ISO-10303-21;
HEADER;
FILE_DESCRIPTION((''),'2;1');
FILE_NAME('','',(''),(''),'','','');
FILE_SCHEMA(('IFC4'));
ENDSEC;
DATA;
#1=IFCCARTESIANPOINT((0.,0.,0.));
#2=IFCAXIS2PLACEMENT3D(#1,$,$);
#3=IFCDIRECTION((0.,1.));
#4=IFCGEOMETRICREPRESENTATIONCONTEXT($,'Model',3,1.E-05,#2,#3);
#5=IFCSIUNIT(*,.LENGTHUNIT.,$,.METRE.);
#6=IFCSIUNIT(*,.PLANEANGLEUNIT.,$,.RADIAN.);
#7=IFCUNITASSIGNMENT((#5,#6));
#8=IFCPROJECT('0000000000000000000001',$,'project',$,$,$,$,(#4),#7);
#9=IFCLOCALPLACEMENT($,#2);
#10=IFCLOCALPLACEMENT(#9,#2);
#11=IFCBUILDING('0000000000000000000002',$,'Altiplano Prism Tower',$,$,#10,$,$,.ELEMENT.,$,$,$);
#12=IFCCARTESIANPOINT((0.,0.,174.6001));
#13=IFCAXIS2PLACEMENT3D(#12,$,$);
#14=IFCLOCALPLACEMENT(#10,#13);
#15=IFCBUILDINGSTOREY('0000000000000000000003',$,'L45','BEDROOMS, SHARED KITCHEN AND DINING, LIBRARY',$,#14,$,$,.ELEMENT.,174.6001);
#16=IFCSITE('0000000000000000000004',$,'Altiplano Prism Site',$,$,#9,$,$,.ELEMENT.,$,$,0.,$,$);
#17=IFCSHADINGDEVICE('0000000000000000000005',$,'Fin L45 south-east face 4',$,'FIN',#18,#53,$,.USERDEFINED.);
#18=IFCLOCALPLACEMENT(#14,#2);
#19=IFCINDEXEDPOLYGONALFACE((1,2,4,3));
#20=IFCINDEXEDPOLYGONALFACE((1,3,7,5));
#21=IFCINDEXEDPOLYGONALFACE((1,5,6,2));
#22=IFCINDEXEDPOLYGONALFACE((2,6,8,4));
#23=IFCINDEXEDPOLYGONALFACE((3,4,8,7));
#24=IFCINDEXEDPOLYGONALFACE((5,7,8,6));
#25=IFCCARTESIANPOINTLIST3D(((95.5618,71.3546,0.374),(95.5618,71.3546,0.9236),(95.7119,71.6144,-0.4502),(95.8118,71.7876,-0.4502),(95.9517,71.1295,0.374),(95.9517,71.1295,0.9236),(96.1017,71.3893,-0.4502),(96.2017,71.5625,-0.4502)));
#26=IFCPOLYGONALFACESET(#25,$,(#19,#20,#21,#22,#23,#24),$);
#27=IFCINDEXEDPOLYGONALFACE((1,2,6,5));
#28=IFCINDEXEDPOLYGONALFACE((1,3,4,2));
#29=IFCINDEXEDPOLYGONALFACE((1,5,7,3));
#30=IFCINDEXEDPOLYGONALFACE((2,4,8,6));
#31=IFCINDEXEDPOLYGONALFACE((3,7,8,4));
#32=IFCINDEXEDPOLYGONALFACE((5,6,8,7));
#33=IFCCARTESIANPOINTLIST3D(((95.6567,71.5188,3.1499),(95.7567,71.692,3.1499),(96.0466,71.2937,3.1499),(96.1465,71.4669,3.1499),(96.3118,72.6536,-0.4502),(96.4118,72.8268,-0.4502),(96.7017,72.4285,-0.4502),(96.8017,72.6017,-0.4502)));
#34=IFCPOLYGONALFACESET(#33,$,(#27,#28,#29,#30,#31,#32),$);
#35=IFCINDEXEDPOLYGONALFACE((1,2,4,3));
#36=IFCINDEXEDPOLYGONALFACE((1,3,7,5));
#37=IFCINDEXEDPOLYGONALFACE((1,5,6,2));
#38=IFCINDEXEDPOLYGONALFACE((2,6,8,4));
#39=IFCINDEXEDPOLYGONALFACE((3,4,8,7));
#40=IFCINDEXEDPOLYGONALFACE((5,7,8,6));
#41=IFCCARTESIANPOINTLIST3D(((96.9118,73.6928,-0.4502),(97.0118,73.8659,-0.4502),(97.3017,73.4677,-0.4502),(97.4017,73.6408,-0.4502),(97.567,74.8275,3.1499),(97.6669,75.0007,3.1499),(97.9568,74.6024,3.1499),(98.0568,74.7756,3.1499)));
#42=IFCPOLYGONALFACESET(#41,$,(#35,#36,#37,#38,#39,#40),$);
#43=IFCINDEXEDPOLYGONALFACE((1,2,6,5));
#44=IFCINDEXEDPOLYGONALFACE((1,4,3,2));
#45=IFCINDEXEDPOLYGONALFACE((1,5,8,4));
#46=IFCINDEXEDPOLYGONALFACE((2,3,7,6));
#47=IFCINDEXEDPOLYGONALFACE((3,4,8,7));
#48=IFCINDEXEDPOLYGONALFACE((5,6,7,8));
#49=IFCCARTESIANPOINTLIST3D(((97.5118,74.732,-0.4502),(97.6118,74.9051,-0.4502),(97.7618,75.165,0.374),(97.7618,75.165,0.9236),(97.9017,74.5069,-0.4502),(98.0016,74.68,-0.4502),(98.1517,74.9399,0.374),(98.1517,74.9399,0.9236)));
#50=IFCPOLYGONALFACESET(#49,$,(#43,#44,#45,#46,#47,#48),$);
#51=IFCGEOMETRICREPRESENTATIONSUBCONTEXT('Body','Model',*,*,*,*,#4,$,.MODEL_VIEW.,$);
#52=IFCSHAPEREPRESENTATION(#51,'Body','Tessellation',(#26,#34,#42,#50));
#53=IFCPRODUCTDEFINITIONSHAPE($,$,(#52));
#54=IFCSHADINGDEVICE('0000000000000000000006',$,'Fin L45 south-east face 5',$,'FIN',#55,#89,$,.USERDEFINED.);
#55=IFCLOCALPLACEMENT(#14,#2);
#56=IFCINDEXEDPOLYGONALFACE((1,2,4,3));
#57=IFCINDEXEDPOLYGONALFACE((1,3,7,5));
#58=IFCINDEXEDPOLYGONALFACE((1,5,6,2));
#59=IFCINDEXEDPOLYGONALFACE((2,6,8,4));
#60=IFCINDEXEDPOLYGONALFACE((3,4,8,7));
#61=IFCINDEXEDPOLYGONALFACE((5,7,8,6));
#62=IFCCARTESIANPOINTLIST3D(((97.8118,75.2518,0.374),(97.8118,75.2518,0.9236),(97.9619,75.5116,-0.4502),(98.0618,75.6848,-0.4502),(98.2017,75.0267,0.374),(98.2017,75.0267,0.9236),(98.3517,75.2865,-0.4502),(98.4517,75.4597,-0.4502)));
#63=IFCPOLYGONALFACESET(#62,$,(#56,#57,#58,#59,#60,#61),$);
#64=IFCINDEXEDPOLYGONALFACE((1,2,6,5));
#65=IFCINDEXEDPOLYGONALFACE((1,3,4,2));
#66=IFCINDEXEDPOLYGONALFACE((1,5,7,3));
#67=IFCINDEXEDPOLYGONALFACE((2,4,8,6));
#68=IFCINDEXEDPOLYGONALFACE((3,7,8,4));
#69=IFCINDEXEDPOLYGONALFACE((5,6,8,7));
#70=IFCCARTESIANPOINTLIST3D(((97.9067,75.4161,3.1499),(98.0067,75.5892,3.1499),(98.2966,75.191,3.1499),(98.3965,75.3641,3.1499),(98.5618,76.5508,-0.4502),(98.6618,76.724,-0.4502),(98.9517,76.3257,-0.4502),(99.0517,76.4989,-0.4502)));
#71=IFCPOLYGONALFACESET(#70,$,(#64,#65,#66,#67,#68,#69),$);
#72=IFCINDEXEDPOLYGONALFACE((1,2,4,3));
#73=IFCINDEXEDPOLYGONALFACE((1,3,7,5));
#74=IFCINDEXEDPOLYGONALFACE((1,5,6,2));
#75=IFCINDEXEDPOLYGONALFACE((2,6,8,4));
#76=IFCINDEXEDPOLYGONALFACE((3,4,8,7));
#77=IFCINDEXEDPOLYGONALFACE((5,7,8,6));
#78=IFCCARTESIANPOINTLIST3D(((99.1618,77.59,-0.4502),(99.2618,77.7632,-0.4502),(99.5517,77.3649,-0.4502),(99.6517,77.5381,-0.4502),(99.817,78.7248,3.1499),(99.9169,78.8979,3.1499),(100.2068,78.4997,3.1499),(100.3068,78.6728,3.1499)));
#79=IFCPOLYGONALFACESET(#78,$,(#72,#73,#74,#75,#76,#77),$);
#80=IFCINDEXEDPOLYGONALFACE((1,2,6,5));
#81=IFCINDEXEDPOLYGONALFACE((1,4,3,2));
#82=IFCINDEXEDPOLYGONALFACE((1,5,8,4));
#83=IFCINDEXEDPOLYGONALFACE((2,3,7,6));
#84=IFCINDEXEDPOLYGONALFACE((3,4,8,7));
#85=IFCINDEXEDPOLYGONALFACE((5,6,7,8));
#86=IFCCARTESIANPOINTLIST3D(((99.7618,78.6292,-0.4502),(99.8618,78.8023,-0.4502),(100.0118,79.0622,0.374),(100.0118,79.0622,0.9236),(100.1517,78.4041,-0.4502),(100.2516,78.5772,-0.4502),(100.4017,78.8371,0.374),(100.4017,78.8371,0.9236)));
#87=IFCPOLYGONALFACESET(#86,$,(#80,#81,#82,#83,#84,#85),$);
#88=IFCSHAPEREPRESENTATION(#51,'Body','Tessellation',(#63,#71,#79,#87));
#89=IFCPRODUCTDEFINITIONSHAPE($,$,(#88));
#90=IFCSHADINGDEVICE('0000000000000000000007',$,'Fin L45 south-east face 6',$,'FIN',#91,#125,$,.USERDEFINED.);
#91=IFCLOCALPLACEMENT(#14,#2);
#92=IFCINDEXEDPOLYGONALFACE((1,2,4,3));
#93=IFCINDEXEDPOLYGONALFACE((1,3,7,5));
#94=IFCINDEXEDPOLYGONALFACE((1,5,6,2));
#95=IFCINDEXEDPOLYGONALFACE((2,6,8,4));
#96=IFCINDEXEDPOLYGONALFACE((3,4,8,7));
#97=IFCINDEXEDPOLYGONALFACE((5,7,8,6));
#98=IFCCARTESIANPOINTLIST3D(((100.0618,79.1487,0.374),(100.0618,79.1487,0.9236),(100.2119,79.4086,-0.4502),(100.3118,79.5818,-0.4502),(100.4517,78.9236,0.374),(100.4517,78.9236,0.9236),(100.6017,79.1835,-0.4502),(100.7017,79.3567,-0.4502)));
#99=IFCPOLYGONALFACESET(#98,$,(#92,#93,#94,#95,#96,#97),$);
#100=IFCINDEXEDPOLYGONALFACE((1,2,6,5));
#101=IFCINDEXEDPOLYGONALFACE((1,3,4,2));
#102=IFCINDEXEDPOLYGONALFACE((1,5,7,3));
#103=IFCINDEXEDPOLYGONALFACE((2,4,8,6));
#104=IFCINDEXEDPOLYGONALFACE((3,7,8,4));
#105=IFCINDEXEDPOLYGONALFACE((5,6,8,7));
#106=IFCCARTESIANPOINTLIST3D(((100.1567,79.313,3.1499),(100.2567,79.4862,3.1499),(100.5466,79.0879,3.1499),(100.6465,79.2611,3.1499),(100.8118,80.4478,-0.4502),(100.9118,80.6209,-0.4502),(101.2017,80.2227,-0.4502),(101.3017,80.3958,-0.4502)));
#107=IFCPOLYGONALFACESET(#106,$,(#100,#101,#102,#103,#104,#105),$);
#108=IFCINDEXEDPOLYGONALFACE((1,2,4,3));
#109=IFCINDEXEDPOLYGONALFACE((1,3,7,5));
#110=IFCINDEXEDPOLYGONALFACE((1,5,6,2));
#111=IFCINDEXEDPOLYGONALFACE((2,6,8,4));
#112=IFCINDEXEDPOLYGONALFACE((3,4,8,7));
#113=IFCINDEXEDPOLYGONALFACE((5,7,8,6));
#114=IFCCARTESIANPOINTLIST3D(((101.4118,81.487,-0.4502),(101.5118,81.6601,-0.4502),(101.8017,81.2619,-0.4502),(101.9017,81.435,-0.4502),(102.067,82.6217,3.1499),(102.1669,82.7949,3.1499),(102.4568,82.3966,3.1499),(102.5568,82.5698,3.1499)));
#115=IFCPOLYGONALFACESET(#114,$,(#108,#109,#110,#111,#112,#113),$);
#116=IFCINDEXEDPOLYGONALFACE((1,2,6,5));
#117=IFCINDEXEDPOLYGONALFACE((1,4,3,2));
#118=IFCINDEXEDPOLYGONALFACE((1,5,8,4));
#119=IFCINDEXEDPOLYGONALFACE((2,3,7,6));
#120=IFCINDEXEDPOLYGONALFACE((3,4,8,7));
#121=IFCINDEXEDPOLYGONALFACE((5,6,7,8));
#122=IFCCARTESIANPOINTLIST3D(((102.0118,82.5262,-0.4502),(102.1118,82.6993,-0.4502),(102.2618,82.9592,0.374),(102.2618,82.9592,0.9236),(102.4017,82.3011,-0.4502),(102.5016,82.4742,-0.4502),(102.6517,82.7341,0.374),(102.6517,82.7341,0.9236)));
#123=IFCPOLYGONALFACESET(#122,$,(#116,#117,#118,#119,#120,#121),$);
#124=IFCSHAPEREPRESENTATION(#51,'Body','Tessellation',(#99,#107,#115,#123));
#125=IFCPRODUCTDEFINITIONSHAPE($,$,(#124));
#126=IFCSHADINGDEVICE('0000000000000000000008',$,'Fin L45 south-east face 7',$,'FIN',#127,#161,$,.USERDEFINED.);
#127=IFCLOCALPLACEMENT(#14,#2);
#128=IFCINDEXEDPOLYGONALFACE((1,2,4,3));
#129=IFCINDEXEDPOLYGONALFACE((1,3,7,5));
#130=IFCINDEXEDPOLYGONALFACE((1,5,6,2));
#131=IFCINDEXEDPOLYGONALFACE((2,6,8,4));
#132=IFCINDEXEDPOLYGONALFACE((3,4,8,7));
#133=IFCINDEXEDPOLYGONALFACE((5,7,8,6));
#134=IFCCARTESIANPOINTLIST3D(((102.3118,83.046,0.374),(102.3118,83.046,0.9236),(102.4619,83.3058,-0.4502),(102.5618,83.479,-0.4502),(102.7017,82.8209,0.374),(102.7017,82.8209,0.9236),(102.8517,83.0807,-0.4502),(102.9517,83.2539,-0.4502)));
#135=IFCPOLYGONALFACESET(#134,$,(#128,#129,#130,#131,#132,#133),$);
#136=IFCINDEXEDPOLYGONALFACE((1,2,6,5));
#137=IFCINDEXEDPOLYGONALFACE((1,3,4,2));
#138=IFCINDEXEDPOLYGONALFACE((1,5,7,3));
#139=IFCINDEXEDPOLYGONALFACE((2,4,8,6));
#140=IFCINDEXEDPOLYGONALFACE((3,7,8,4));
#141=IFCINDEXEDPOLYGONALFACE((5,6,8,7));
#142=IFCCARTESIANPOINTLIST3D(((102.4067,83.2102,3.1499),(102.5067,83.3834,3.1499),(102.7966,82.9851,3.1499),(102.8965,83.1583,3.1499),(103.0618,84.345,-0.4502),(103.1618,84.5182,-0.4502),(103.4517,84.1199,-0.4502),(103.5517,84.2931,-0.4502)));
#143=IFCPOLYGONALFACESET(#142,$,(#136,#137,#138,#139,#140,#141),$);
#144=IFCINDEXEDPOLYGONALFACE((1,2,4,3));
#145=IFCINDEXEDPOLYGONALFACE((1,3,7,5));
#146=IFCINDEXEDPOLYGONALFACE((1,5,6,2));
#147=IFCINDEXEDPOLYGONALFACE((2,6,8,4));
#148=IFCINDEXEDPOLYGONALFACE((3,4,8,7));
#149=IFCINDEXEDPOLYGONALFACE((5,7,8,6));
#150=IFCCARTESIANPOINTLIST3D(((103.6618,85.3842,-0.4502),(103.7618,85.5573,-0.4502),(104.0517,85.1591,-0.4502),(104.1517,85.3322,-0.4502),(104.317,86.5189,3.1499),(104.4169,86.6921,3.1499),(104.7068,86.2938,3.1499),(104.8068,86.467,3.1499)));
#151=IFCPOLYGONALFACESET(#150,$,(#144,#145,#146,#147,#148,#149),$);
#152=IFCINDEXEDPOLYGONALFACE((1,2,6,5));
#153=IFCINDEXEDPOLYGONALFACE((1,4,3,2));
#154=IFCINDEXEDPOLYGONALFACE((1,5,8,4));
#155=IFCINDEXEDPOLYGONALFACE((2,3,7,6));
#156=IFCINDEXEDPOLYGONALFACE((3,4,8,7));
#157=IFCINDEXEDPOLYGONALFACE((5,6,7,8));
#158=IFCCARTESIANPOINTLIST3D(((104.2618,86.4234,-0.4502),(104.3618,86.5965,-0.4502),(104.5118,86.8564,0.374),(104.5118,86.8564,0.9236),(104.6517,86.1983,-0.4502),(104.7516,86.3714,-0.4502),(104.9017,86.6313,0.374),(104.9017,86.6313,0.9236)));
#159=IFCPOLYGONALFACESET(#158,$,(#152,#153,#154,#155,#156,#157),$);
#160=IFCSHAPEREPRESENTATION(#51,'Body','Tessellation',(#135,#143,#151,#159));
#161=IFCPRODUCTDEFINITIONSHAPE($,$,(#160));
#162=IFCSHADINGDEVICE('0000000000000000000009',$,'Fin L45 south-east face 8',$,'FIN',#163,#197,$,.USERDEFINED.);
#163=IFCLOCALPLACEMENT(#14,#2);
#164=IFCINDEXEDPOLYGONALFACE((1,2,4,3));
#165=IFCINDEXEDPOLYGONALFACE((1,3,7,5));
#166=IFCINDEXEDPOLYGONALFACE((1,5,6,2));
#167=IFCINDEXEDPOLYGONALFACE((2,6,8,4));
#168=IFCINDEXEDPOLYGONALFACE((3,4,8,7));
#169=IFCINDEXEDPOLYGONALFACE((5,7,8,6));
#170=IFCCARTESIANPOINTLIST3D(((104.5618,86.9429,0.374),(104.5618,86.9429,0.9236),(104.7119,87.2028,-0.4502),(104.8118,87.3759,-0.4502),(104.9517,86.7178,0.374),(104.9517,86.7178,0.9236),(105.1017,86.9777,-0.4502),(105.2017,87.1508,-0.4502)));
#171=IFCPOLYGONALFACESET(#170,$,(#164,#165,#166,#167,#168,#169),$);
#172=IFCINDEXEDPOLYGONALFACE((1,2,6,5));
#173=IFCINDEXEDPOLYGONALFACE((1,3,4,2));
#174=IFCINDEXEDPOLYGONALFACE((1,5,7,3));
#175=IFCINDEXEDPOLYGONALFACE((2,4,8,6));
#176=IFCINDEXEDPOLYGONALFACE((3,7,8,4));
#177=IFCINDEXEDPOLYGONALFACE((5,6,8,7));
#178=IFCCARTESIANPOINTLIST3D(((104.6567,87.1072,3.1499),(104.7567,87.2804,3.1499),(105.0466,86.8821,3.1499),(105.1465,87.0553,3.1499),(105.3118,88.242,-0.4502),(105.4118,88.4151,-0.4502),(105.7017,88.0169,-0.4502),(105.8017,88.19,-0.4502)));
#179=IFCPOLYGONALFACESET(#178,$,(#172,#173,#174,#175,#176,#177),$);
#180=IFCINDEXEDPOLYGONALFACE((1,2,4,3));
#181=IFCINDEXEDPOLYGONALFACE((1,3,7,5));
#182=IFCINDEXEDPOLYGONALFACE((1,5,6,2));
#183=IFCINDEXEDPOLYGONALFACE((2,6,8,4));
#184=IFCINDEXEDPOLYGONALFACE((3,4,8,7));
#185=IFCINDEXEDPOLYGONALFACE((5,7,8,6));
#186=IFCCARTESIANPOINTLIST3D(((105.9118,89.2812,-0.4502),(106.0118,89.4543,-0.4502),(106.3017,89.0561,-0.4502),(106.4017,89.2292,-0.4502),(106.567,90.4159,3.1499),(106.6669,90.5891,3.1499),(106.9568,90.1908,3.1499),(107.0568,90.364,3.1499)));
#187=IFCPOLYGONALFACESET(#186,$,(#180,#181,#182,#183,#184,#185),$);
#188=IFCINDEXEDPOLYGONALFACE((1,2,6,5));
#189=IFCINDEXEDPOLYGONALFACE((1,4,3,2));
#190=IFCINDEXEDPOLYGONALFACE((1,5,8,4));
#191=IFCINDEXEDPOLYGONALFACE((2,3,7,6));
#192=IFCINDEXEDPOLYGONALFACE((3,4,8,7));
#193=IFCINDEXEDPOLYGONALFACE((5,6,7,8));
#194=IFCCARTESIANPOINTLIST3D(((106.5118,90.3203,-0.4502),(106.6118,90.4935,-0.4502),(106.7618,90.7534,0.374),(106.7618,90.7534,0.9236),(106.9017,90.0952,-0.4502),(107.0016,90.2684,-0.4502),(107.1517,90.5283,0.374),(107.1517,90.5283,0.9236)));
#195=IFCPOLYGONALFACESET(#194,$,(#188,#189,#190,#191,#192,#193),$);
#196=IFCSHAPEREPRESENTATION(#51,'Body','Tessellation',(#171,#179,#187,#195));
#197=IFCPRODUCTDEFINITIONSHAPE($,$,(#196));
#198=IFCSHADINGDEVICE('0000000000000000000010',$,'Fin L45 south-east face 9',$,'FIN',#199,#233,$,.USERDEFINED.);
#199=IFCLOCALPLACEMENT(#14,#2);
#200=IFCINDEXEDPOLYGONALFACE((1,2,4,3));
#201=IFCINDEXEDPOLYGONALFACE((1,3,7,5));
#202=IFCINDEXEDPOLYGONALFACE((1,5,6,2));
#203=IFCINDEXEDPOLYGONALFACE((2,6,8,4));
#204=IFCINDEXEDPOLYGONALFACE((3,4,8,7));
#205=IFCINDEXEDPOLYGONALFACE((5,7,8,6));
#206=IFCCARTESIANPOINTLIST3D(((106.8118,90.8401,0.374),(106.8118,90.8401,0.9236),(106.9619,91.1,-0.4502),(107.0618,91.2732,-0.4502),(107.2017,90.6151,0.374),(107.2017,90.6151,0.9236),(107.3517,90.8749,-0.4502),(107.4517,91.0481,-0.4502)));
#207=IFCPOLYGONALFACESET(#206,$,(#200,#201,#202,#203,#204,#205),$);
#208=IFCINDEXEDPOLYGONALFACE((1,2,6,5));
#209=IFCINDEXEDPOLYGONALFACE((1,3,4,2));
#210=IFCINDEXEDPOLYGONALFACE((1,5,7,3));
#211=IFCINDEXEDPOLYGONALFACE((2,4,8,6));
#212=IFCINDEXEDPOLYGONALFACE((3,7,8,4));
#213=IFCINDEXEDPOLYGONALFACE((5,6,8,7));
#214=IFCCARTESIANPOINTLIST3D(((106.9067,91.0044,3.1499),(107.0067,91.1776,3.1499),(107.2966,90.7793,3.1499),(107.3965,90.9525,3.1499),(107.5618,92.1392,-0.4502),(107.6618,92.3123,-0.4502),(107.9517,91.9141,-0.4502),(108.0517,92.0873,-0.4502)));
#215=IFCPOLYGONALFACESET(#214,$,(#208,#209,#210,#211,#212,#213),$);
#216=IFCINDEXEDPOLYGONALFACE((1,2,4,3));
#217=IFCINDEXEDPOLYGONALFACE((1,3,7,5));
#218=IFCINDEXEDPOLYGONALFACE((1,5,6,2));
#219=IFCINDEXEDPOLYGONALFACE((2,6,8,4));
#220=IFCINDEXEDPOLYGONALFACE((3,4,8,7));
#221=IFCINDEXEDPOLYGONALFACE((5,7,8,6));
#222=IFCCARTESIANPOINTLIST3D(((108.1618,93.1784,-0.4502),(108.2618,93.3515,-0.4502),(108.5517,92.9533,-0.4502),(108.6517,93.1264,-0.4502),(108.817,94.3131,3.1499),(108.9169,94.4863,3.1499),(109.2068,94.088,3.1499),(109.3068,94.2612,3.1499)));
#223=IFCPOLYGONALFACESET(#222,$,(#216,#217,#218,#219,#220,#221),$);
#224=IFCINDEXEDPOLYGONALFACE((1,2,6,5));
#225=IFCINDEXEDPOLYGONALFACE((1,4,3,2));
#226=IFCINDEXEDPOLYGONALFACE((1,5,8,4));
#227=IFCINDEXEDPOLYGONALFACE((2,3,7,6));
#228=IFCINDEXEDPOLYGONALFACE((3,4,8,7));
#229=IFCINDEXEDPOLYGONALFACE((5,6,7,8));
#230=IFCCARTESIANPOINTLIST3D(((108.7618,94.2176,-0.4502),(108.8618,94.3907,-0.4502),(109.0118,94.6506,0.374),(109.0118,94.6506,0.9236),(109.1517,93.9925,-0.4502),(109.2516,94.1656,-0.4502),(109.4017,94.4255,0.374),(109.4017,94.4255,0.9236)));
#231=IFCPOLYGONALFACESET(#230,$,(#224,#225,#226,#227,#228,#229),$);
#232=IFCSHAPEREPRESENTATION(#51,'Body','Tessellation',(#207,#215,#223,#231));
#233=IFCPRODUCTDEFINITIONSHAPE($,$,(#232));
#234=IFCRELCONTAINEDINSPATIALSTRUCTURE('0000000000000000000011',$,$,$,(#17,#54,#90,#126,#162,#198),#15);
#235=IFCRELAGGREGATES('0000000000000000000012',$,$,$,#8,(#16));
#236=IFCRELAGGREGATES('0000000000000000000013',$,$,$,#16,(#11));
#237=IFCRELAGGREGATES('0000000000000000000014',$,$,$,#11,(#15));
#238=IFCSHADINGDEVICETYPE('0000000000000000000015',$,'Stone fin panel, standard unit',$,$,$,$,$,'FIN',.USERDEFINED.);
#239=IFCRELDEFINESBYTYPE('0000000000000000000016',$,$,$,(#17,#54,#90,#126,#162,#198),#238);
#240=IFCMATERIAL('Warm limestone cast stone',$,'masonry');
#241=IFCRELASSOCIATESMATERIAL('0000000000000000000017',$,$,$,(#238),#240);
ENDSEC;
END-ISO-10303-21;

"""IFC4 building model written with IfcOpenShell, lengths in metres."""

from ifc_helpers import new_model, si_unit, direction, frame, origin, place, context, subcontext, project, spatial, polyline, outline, extrude, source, transform, mapped, material, type_object, element, save


model = new_model("IFC4")

# Units and contexts
model_context = context("Model", 3, precision=1e-05, world=origin(), true_north=direction((0.0, 1.0)))
body_context = subcontext(model_context, "Body", "Model", "MODEL_VIEW")
ifc_project = project(units=[si_unit("LENGTHUNIT", "METRE"), si_unit("PLANEANGLEUNIT", "RADIAN")], contexts=[model_context])

# Site, building, storey
site_placement = place(None, origin())
site = spatial("IfcSite", under=ifc_project, at=site_placement, Name="Altiplano Prism Site", CompositionType="ELEMENT", RefElevation=0.0)
building_placement = place(site_placement, origin())
building = spatial("IfcBuilding", under=site, at=building_placement, Name="Altiplano Prism Tower", CompositionType="ELEMENT")
storey_placement = place(building_placement, frame((0.0, 0.0, 174.6001)))
storey = spatial("IfcBuildingStorey", under=building, at=storey_placement, Name="L45", Description="BEDROOMS, SHARED KITCHEN AND DINING, LIBRARY", CompositionType="ELEMENT", Elevation=174.6001)

# Shading devices
ifc_material_1 = material(Name="Warm limestone cast stone", Category="masonry")
shared_shape_1 = source(origin(), body_context, "Body", "SweptSolid", [
    extrude(outline(polyline([(-2.2, 1.3738), (-2.2, 0.8242), (-1.8999, 0.0), (-1.7, 0.0), (-2.2, 1.3738)])), frame((0.0, -0.1499, 0.0), z_axis=(0.0, -1.0, 0.0), x_axis=(1.0, 0.0, 0.0)), (0.0, 0.0, 1.0), 0.4502),
    extrude(outline(polyline([(-2.0103, 3.6001), (-0.7, 0.0), (-0.5, 0.0), (-1.8103, 3.6001), (-2.0103, 3.6001)])), frame((0.0, -0.1499, 0.0), z_axis=(0.0, -1.0, 0.0), x_axis=(1.0, 0.0, 0.0)), (0.0, 0.0, 1.0), 0.4502),
    extrude(outline(polyline([(1.8103, 3.6001), (0.5, 0.0), (0.7, 0.0), (2.0103, 3.6001), (1.8103, 3.6001)])), frame((0.0, -0.1499, 0.0), z_axis=(0.0, -1.0, 0.0), x_axis=(1.0, 0.0, 0.0)), (0.0, 0.0, 1.0), 0.4502),
    extrude(outline(polyline([(2.2, 0.8242), (2.2, 1.3738), (1.7, 0.0), (1.8999, 0.0), (2.2, 0.8242)])), frame((0.0, -0.1499, 0.0), z_axis=(0.0, -1.0, 0.0), x_axis=(1.0, 0.0, 0.0)), (0.0, 0.0, 1.0), 0.4502),
])
shading_device_type_1 = type_object("IfcShadingDeviceType", Name="Stone fin panel, standard unit", ElementType="FIN", PredefinedType="USERDEFINED", material=ifc_material_1)
shading_device_1_placement = place(storey_placement, origin())
element("IfcShadingDevice", 1, at=shading_device_1_placement, inside=storey, type_object=shading_device_type_1, Name="Fin L45 south-east face 4", ObjectType="FIN", PredefinedType="USERDEFINED", context=body_context, shape_type="MappedRepresentation", body=[
    mapped(shared_shape_1, transform((96.532, 73.3347, -0.4502), x_axis=(0.5, 0.866025, 0.0), y_axis=(-0.866025, 0.5, 0.0), z_axis=(0.0, 0.0, 1.0))),
])
shading_device_2_placement = place(storey_placement, origin())
element("IfcShadingDevice", 2, at=shading_device_2_placement, inside=storey, type_object=shading_device_type_1, Name="Fin L45 south-east face 5", ObjectType="FIN", PredefinedType="USERDEFINED", context=body_context, shape_type="MappedRepresentation", body=[
    mapped(shared_shape_1, transform((98.782, 77.2319, -0.4502), x_axis=(0.5, 0.866025, 0.0), y_axis=(-0.866025, 0.5, 0.0), z_axis=(0.0, 0.0, 1.0))),
])
shading_device_3_placement = place(storey_placement, origin())
element("IfcShadingDevice", 3, at=shading_device_3_placement, inside=storey, type_object=shading_device_type_1, Name="Fin L45 south-east face 6", ObjectType="FIN", PredefinedType="USERDEFINED", context=body_context, shape_type="MappedRepresentation", body=[
    mapped(shared_shape_1, transform((101.032, 81.1289, -0.4502), x_axis=(0.5, 0.866025, 0.0), y_axis=(-0.866025, 0.5, 0.0), z_axis=(0.0, 0.0, 1.0))),
])
shading_device_4_placement = place(storey_placement, origin())
element("IfcShadingDevice", 4, at=shading_device_4_placement, inside=storey, type_object=shading_device_type_1, Name="Fin L45 south-east face 7", ObjectType="FIN", PredefinedType="USERDEFINED", context=body_context, shape_type="MappedRepresentation", body=[
    mapped(shared_shape_1, transform((103.282, 85.0261, -0.4502), x_axis=(0.5, 0.866025, 0.0), y_axis=(-0.866025, 0.5, 0.0), z_axis=(0.0, 0.0, 1.0))),
])
shading_device_5_placement = place(storey_placement, origin())
element("IfcShadingDevice", 5, at=shading_device_5_placement, inside=storey, type_object=shading_device_type_1, Name="Fin L45 south-east face 8", ObjectType="FIN", PredefinedType="USERDEFINED", context=body_context, shape_type="MappedRepresentation", body=[
    mapped(shared_shape_1, transform((105.532, 88.9231, -0.4502), x_axis=(0.5, 0.866025, 0.0), y_axis=(-0.866025, 0.5, 0.0), z_axis=(0.0, 0.0, 1.0))),
])
shading_device_6_placement = place(storey_placement, origin())
element("IfcShadingDevice", 6, at=shading_device_6_placement, inside=storey, type_object=shading_device_type_1, Name="Fin L45 south-east face 9", ObjectType="FIN", PredefinedType="USERDEFINED", context=body_context, shape_type="MappedRepresentation", body=[
    mapped(shared_shape_1, transform((107.782, 92.8203, -0.4502), x_axis=(0.5, 0.866025, 0.0), y_axis=(-0.866025, 0.5, 0.0), z_axis=(0.0, 0.0, 1.0))),
])

save(model, "model.ifc")
